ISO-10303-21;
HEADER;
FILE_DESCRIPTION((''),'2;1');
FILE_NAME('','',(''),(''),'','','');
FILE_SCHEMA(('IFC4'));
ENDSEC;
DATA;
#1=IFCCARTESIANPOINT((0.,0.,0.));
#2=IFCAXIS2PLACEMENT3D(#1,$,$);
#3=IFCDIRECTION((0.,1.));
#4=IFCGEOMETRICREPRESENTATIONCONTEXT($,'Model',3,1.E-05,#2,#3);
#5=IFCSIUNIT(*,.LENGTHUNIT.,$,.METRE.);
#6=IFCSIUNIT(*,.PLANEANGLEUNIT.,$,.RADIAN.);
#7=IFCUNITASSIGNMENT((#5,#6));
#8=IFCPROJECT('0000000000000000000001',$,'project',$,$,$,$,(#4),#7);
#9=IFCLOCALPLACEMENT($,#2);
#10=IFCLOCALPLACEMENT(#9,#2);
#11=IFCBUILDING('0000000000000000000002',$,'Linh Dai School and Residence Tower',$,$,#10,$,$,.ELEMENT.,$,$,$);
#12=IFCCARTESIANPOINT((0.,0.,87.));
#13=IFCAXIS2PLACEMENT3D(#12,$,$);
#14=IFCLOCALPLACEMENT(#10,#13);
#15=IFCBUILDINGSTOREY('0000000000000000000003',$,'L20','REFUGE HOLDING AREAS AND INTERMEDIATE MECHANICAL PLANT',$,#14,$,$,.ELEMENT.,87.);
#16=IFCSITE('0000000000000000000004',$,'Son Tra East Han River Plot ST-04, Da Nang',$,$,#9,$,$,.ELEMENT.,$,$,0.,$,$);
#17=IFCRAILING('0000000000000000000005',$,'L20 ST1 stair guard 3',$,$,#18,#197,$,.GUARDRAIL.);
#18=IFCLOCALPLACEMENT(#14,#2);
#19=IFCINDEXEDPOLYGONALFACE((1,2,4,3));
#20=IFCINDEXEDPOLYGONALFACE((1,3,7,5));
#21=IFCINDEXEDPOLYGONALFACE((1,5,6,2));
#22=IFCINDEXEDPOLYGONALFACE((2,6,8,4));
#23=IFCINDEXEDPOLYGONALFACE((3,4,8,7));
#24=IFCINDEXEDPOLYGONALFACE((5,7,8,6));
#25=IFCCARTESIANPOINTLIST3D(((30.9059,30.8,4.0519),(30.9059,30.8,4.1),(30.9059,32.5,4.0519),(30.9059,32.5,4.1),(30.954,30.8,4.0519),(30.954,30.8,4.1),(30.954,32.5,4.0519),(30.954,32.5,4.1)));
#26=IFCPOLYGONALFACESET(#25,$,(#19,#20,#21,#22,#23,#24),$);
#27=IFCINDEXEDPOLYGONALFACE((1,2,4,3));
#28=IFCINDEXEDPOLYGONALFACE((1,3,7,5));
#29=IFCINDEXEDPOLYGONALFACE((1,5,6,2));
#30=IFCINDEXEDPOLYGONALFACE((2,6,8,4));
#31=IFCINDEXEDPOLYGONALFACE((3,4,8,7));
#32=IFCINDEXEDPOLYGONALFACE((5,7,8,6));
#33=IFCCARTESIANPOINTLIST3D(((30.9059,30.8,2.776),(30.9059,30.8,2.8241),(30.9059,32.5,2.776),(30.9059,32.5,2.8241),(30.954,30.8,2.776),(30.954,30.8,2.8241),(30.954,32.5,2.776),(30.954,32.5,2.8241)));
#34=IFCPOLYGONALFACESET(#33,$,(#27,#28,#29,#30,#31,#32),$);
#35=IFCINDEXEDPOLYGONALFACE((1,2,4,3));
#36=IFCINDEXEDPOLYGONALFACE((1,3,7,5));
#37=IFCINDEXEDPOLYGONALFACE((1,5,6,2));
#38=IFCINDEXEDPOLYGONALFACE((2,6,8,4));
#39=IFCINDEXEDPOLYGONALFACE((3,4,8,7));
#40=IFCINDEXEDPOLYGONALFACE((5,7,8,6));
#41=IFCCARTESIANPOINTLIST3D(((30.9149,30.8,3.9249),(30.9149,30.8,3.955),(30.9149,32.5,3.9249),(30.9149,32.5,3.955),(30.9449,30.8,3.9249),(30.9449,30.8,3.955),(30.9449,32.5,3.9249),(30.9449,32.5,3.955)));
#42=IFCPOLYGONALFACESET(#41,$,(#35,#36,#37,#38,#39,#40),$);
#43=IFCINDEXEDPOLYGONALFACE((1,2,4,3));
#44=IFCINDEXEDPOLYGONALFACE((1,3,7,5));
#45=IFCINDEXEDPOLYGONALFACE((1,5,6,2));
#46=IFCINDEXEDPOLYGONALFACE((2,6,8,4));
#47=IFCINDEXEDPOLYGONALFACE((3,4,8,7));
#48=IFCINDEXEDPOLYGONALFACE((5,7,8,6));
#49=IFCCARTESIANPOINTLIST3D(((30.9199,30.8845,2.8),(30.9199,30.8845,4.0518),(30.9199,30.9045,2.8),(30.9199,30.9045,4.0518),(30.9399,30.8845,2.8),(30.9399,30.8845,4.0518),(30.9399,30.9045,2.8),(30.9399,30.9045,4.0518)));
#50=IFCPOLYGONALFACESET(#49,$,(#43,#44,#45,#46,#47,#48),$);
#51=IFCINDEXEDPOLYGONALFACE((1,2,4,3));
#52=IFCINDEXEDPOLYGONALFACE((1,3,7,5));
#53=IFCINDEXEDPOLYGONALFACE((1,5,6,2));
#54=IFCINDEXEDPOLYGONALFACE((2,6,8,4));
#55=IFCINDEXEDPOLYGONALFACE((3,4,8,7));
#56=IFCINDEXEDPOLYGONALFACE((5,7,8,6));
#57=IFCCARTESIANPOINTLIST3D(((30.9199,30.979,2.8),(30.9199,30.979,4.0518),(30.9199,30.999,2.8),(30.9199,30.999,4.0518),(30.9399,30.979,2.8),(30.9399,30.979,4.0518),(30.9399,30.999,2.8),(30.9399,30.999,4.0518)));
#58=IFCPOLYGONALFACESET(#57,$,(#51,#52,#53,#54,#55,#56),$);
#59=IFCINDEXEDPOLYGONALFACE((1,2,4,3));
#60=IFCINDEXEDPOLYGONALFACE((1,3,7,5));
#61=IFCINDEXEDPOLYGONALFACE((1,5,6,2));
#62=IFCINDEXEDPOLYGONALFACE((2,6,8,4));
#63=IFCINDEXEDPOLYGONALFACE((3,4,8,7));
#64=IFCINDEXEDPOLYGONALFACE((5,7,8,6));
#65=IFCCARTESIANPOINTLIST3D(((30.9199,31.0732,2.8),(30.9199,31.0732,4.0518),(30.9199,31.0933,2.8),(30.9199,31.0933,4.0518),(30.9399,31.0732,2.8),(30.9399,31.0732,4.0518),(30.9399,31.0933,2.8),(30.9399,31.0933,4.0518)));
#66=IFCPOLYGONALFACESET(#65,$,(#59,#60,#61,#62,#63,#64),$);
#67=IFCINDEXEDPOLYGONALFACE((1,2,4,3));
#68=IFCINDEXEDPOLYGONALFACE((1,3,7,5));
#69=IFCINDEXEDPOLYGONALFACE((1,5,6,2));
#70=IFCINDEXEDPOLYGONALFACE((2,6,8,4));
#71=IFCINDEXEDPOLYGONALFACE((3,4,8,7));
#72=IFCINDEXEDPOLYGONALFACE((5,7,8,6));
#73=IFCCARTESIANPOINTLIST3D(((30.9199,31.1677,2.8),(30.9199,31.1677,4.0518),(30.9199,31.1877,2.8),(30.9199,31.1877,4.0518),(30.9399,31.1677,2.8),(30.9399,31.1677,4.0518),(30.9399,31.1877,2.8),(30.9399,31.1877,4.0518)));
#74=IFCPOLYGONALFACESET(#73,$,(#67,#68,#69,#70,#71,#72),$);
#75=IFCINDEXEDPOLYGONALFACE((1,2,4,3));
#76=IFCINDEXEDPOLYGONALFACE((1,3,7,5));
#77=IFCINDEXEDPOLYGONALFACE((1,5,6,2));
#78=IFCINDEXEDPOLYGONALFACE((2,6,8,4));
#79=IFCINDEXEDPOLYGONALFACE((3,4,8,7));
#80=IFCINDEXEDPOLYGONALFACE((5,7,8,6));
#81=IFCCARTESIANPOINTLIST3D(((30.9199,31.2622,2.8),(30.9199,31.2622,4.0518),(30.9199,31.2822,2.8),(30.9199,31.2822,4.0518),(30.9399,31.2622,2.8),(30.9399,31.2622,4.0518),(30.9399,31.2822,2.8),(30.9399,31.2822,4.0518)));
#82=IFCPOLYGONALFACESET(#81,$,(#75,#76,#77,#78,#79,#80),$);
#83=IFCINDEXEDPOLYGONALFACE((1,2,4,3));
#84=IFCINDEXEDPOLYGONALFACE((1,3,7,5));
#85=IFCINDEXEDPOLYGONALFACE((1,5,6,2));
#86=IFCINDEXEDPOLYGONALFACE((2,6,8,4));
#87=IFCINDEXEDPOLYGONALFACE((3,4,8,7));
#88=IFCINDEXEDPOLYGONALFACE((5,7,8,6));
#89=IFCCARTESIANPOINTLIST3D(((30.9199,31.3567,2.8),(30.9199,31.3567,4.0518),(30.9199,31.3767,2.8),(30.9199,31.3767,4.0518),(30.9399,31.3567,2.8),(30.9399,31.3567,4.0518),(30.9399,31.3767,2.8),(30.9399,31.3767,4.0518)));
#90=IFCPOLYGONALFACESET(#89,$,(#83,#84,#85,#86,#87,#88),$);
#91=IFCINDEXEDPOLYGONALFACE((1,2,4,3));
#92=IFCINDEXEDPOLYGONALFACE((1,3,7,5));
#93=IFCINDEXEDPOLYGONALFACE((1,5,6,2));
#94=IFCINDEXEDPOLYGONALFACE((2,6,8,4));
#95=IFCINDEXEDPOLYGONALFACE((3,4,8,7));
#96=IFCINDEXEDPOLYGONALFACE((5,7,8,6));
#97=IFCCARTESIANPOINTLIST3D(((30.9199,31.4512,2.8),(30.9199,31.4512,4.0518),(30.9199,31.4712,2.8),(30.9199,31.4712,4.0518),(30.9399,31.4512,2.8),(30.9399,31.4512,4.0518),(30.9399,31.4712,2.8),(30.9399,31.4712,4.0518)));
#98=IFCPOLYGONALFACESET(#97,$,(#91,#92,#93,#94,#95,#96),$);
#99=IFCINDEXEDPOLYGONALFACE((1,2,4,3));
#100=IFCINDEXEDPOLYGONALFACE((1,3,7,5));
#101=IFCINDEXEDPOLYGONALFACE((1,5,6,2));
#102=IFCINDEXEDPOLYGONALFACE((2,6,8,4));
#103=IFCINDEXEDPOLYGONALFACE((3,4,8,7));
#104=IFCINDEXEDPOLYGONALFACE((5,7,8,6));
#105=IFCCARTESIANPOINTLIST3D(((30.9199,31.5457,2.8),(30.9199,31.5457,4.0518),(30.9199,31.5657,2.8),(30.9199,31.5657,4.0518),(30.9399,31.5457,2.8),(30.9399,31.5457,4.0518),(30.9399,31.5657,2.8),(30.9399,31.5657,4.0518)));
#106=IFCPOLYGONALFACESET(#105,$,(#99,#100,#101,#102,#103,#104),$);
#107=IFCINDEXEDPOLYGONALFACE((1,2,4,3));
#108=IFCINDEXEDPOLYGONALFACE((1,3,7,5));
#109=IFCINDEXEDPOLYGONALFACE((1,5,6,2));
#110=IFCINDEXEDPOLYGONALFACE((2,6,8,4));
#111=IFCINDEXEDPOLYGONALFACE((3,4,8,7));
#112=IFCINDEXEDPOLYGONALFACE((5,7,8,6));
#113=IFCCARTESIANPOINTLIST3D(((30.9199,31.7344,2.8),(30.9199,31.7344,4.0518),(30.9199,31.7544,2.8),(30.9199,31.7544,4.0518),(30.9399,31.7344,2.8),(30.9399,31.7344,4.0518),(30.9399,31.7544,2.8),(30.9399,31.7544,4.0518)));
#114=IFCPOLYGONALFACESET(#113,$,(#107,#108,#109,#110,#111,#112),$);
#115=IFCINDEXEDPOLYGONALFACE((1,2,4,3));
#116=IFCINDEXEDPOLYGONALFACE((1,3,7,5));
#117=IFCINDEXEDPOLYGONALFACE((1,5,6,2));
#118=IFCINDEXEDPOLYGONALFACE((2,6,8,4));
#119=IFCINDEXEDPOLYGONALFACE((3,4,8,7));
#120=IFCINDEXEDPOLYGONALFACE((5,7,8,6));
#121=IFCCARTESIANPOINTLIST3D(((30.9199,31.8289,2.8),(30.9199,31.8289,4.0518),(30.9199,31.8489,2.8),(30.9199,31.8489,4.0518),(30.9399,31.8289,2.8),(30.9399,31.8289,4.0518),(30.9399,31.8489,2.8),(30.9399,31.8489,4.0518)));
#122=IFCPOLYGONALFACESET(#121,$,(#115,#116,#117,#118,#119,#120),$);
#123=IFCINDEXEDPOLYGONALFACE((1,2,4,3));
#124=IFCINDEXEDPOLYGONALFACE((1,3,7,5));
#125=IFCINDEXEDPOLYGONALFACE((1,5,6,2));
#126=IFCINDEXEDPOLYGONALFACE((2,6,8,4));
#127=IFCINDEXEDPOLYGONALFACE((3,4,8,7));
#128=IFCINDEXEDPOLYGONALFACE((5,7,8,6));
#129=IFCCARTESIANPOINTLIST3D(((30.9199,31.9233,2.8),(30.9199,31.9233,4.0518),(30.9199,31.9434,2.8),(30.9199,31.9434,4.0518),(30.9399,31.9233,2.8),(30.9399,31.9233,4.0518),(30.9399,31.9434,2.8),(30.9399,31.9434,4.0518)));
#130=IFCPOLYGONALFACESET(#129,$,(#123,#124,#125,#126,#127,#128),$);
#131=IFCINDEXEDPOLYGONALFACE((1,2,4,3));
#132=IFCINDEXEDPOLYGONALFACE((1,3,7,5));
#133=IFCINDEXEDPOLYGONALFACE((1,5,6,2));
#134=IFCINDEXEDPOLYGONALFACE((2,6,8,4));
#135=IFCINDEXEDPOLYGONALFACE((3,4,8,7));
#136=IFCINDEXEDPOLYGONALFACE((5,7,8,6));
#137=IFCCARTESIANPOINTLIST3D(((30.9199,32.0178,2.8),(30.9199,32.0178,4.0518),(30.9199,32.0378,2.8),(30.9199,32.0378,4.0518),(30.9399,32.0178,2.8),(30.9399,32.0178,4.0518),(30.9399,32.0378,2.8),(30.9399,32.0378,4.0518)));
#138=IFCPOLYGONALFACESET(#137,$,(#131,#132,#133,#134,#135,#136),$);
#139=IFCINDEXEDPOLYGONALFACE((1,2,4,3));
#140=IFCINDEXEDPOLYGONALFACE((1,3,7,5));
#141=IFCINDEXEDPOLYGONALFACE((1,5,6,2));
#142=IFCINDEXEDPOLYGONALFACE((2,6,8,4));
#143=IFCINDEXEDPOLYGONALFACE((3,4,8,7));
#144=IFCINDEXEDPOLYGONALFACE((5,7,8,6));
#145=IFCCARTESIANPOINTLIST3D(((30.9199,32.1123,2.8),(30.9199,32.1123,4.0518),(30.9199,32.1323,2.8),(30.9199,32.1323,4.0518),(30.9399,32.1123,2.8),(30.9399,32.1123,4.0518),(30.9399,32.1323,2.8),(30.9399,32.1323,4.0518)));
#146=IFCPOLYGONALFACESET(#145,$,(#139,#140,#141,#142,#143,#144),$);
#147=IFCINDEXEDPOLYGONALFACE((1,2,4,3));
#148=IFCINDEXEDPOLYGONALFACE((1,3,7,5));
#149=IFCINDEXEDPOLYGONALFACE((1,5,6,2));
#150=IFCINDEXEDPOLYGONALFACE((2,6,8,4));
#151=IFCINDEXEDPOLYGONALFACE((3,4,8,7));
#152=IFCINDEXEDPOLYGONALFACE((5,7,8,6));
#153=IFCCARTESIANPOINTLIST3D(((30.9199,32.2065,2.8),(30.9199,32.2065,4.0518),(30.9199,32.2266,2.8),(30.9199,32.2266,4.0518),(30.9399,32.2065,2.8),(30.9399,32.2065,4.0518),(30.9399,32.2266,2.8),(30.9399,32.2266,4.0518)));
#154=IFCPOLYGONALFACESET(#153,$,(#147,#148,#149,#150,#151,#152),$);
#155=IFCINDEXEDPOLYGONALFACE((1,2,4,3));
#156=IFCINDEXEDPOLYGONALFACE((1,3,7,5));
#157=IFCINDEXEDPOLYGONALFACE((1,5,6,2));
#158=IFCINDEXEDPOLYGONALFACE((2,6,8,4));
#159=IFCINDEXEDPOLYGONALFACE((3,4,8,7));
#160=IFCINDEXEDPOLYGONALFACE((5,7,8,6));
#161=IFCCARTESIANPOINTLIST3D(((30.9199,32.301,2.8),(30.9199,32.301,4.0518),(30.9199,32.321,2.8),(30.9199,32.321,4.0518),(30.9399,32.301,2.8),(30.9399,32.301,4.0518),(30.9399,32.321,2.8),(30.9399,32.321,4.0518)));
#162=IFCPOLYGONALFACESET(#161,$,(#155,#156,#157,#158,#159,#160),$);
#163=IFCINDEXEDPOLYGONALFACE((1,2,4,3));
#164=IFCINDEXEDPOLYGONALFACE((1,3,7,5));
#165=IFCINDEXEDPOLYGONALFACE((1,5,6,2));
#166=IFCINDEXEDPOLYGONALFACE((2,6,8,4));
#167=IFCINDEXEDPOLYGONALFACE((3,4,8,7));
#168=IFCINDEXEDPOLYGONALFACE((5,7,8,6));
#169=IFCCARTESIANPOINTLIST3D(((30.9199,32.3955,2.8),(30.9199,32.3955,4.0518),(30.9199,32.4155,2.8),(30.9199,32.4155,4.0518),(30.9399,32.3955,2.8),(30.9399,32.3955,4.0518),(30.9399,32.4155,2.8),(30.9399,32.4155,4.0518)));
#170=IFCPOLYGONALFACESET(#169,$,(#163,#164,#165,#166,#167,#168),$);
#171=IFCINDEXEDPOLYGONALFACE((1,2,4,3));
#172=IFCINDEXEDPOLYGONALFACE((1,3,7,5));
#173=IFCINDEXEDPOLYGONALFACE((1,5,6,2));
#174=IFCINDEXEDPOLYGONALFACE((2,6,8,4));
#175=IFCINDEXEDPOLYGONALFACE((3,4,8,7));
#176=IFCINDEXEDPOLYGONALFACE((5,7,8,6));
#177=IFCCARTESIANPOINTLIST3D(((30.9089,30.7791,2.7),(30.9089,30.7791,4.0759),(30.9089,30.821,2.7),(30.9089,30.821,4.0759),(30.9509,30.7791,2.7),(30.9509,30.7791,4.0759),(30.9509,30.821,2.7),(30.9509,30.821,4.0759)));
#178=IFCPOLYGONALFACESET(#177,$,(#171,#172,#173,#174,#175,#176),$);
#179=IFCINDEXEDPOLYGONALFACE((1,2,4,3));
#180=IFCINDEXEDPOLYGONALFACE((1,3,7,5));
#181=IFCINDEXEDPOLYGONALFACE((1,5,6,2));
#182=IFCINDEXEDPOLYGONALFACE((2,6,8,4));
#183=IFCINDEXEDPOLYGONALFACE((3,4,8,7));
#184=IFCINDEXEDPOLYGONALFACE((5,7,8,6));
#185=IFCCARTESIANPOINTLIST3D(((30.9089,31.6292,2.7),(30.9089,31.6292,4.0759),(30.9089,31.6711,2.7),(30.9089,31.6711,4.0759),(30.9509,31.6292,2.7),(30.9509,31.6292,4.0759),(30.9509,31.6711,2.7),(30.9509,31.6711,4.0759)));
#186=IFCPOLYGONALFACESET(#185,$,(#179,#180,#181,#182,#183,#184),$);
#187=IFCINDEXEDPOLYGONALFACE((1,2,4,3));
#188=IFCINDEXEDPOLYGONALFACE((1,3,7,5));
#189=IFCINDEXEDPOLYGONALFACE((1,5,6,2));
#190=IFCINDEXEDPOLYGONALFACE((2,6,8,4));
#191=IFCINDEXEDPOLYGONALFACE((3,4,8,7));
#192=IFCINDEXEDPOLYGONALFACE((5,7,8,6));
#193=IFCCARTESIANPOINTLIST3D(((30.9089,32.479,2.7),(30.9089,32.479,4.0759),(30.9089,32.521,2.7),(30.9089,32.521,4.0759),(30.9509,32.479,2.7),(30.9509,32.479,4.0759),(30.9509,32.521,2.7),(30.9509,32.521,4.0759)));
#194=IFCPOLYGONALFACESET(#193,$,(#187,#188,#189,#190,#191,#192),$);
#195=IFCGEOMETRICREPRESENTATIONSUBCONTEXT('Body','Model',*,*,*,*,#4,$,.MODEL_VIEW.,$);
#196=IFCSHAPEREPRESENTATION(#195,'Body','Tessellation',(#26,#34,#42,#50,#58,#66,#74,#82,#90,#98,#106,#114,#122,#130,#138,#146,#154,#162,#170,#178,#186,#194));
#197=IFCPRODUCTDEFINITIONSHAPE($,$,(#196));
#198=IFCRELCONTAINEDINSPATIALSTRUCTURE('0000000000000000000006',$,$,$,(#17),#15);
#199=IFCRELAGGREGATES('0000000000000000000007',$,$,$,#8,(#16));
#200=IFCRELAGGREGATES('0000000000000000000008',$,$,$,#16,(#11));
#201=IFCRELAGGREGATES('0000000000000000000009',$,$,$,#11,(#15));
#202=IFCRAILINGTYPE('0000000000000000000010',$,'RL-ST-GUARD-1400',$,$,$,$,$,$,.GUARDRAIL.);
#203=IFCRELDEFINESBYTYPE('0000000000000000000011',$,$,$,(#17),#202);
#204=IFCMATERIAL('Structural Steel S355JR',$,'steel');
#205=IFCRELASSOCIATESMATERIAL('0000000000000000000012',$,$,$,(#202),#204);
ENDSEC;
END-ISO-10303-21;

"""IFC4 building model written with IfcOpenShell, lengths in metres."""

from ifc_helpers import new_model, si_unit, direction, frame, origin, origin_2d, place, context, subcontext, project, spatial, rectangle, extrude, source, transform, mapped, material, type_object, element, save


model = new_model("IFC4")

# Units and contexts
model_context = context("Model", 3, precision=1e-05, world=origin(), true_north=direction((0.0, 1.0)))
body_context = subcontext(model_context, "Body", "Model", "MODEL_VIEW")
ifc_project = project(units=[si_unit("LENGTHUNIT", "METRE"), si_unit("PLANEANGLEUNIT", "RADIAN")], contexts=[model_context])

# Site, building, storey
site_placement = place(None, origin())
site = spatial("IfcSite", under=ifc_project, at=site_placement, Name="Son Tra East Han River Plot ST-04, Da Nang", CompositionType="ELEMENT", RefElevation=0.0)
building_placement = place(site_placement, origin())
building = spatial("IfcBuilding", under=site, at=building_placement, Name="Linh Dai School and Residence Tower", CompositionType="ELEMENT")
storey_placement = place(building_placement, frame((0.0, 0.0, 87.0)))
storey = spatial("IfcBuildingStorey", under=building, at=storey_placement, Name="L20", Description="REFUGE HOLDING AREAS AND INTERMEDIATE MECHANICAL PLANT", CompositionType="ELEMENT", Elevation=87.0)

# Shared definitions
ifc_material_1 = material(Name="Structural Steel S355JR", Category="steel")

# Railing
railing_type_1 = type_object("IfcRailingType", Name="RL-ST-GUARD-1400", PredefinedType="GUARDRAIL", material=ifc_material_1)
shared_shape_1 = source(origin(), body_context, "Body", "SweptSolid", [
    extrude(rectangle(XDim=0.0481, YDim=0.0481, at=origin_2d()), frame((0.0, 0.0, 1.376), z_axis=(0.0, 1.0, 0.0), x_axis=(-1.0, 0.0, 0.0)), (0.0, 0.0, 1.0), 1.7),
    extrude(rectangle(XDim=0.0481, YDim=0.0481, at=origin_2d()), frame((0.0, 0.0, 0.1001), z_axis=(0.0, 1.0, 0.0), x_axis=(-1.0, 0.0, 0.0)), (0.0, 0.0, 1.0), 1.7),
    extrude(rectangle(XDim=0.03, YDim=0.03, at=origin_2d()), frame((0.0, 0.0, 1.24), z_axis=(0.0, 1.0, 0.0), x_axis=(-1.0, 0.0, 0.0)), (0.0, 0.0, 1.0), 1.7),
    extrude(rectangle(XDim=0.02, YDim=0.02, at=origin_2d()), frame((0.0, 0.0945, 0.1001)), (0.0, 0.0, 1.0), 1.2517),
    extrude(rectangle(XDim=0.02, YDim=0.02, at=origin_2d()), frame((0.0, 0.189, 0.1001)), (0.0, 0.0, 1.0), 1.2517),
    extrude(rectangle(XDim=0.02, YDim=0.02, at=origin_2d()), frame((0.0, 0.2832, 0.1001)), (0.0, 0.0, 1.0), 1.2517),
    extrude(rectangle(XDim=0.02, YDim=0.02, at=origin_2d()), frame((0.0, 0.3777, 0.1001)), (0.0, 0.0, 1.0), 1.2517),
    extrude(rectangle(XDim=0.02, YDim=0.02, at=origin_2d()), frame((0.0, 0.4722, 0.1001)), (0.0, 0.0, 1.0), 1.2517),
    extrude(rectangle(XDim=0.02, YDim=0.02, at=origin_2d()), frame((0.0, 0.5667, 0.1001)), (0.0, 0.0, 1.0), 1.2517),
    extrude(rectangle(XDim=0.02, YDim=0.02, at=origin_2d()), frame((0.0, 0.6611, 0.1001)), (0.0, 0.0, 1.0), 1.2517),
    extrude(rectangle(XDim=0.02, YDim=0.02, at=origin_2d()), frame((0.0, 0.7556, 0.1001)), (0.0, 0.0, 1.0), 1.2517),
    extrude(rectangle(XDim=0.02, YDim=0.02, at=origin_2d()), frame((0.0, 0.9443, 0.1001)), (0.0, 0.0, 1.0), 1.2517),
    extrude(rectangle(XDim=0.02, YDim=0.02, at=origin_2d()), frame((0.0, 1.0388, 0.1001)), (0.0, 0.0, 1.0), 1.2517),
    extrude(rectangle(XDim=0.02, YDim=0.02, at=origin_2d()), frame((0.0, 1.1333, 0.1001)), (0.0, 0.0, 1.0), 1.2517),
    extrude(rectangle(XDim=0.02, YDim=0.02, at=origin_2d()), frame((0.0, 1.2278, 0.1001)), (0.0, 0.0, 1.0), 1.2517),
    extrude(rectangle(XDim=0.02, YDim=0.02, at=origin_2d()), frame((0.0, 1.3223, 0.1001)), (0.0, 0.0, 1.0), 1.2517),
    extrude(rectangle(XDim=0.02, YDim=0.02, at=origin_2d()), frame((0.0, 1.4165, 0.1001)), (0.0, 0.0, 1.0), 1.2517),
    extrude(rectangle(XDim=0.02, YDim=0.02, at=origin_2d()), frame((0.0, 1.511, 0.1001)), (0.0, 0.0, 1.0), 1.2517),
    extrude(rectangle(XDim=0.02, YDim=0.02, at=origin_2d()), frame((0.0, 1.6055, 0.1001)), (0.0, 0.0, 1.0), 1.2517),
    extrude(rectangle(XDim=0.042, YDim=0.042, at=origin_2d()), origin(), (0.0, 0.0, 1.0), 1.376),
    extrude(rectangle(XDim=0.042, YDim=0.042, at=origin_2d()), frame((0.0, 0.8501, 0.0)), (0.0, 0.0, 1.0), 1.376),
    extrude(rectangle(XDim=0.042, YDim=0.042, at=origin_2d()), frame((0.0, 1.7, 0.0)), (0.0, 0.0, 1.0), 1.376),
])
for number, where, name in (
    (1, (30.9299, 30.8, 2.7), "L20 ST1 stair guard 3"),
):
    element("IfcRailing", number, at=place(storey_placement, frame(where)), inside=storey, type_object=railing_type_1, Name=name, PredefinedType="GUARDRAIL", context=body_context, shape_type="MappedRepresentation", body=[
        mapped(shared_shape_1, transform((0.0, 0.0, 0.0), x_axis=(1.0, 0.0, 0.0), y_axis=(0.0, 1.0, 0.0), z_axis=(0.0, 0.0, 1.0), scale=1.0)),
    ])

save(model, "model.ifc")
